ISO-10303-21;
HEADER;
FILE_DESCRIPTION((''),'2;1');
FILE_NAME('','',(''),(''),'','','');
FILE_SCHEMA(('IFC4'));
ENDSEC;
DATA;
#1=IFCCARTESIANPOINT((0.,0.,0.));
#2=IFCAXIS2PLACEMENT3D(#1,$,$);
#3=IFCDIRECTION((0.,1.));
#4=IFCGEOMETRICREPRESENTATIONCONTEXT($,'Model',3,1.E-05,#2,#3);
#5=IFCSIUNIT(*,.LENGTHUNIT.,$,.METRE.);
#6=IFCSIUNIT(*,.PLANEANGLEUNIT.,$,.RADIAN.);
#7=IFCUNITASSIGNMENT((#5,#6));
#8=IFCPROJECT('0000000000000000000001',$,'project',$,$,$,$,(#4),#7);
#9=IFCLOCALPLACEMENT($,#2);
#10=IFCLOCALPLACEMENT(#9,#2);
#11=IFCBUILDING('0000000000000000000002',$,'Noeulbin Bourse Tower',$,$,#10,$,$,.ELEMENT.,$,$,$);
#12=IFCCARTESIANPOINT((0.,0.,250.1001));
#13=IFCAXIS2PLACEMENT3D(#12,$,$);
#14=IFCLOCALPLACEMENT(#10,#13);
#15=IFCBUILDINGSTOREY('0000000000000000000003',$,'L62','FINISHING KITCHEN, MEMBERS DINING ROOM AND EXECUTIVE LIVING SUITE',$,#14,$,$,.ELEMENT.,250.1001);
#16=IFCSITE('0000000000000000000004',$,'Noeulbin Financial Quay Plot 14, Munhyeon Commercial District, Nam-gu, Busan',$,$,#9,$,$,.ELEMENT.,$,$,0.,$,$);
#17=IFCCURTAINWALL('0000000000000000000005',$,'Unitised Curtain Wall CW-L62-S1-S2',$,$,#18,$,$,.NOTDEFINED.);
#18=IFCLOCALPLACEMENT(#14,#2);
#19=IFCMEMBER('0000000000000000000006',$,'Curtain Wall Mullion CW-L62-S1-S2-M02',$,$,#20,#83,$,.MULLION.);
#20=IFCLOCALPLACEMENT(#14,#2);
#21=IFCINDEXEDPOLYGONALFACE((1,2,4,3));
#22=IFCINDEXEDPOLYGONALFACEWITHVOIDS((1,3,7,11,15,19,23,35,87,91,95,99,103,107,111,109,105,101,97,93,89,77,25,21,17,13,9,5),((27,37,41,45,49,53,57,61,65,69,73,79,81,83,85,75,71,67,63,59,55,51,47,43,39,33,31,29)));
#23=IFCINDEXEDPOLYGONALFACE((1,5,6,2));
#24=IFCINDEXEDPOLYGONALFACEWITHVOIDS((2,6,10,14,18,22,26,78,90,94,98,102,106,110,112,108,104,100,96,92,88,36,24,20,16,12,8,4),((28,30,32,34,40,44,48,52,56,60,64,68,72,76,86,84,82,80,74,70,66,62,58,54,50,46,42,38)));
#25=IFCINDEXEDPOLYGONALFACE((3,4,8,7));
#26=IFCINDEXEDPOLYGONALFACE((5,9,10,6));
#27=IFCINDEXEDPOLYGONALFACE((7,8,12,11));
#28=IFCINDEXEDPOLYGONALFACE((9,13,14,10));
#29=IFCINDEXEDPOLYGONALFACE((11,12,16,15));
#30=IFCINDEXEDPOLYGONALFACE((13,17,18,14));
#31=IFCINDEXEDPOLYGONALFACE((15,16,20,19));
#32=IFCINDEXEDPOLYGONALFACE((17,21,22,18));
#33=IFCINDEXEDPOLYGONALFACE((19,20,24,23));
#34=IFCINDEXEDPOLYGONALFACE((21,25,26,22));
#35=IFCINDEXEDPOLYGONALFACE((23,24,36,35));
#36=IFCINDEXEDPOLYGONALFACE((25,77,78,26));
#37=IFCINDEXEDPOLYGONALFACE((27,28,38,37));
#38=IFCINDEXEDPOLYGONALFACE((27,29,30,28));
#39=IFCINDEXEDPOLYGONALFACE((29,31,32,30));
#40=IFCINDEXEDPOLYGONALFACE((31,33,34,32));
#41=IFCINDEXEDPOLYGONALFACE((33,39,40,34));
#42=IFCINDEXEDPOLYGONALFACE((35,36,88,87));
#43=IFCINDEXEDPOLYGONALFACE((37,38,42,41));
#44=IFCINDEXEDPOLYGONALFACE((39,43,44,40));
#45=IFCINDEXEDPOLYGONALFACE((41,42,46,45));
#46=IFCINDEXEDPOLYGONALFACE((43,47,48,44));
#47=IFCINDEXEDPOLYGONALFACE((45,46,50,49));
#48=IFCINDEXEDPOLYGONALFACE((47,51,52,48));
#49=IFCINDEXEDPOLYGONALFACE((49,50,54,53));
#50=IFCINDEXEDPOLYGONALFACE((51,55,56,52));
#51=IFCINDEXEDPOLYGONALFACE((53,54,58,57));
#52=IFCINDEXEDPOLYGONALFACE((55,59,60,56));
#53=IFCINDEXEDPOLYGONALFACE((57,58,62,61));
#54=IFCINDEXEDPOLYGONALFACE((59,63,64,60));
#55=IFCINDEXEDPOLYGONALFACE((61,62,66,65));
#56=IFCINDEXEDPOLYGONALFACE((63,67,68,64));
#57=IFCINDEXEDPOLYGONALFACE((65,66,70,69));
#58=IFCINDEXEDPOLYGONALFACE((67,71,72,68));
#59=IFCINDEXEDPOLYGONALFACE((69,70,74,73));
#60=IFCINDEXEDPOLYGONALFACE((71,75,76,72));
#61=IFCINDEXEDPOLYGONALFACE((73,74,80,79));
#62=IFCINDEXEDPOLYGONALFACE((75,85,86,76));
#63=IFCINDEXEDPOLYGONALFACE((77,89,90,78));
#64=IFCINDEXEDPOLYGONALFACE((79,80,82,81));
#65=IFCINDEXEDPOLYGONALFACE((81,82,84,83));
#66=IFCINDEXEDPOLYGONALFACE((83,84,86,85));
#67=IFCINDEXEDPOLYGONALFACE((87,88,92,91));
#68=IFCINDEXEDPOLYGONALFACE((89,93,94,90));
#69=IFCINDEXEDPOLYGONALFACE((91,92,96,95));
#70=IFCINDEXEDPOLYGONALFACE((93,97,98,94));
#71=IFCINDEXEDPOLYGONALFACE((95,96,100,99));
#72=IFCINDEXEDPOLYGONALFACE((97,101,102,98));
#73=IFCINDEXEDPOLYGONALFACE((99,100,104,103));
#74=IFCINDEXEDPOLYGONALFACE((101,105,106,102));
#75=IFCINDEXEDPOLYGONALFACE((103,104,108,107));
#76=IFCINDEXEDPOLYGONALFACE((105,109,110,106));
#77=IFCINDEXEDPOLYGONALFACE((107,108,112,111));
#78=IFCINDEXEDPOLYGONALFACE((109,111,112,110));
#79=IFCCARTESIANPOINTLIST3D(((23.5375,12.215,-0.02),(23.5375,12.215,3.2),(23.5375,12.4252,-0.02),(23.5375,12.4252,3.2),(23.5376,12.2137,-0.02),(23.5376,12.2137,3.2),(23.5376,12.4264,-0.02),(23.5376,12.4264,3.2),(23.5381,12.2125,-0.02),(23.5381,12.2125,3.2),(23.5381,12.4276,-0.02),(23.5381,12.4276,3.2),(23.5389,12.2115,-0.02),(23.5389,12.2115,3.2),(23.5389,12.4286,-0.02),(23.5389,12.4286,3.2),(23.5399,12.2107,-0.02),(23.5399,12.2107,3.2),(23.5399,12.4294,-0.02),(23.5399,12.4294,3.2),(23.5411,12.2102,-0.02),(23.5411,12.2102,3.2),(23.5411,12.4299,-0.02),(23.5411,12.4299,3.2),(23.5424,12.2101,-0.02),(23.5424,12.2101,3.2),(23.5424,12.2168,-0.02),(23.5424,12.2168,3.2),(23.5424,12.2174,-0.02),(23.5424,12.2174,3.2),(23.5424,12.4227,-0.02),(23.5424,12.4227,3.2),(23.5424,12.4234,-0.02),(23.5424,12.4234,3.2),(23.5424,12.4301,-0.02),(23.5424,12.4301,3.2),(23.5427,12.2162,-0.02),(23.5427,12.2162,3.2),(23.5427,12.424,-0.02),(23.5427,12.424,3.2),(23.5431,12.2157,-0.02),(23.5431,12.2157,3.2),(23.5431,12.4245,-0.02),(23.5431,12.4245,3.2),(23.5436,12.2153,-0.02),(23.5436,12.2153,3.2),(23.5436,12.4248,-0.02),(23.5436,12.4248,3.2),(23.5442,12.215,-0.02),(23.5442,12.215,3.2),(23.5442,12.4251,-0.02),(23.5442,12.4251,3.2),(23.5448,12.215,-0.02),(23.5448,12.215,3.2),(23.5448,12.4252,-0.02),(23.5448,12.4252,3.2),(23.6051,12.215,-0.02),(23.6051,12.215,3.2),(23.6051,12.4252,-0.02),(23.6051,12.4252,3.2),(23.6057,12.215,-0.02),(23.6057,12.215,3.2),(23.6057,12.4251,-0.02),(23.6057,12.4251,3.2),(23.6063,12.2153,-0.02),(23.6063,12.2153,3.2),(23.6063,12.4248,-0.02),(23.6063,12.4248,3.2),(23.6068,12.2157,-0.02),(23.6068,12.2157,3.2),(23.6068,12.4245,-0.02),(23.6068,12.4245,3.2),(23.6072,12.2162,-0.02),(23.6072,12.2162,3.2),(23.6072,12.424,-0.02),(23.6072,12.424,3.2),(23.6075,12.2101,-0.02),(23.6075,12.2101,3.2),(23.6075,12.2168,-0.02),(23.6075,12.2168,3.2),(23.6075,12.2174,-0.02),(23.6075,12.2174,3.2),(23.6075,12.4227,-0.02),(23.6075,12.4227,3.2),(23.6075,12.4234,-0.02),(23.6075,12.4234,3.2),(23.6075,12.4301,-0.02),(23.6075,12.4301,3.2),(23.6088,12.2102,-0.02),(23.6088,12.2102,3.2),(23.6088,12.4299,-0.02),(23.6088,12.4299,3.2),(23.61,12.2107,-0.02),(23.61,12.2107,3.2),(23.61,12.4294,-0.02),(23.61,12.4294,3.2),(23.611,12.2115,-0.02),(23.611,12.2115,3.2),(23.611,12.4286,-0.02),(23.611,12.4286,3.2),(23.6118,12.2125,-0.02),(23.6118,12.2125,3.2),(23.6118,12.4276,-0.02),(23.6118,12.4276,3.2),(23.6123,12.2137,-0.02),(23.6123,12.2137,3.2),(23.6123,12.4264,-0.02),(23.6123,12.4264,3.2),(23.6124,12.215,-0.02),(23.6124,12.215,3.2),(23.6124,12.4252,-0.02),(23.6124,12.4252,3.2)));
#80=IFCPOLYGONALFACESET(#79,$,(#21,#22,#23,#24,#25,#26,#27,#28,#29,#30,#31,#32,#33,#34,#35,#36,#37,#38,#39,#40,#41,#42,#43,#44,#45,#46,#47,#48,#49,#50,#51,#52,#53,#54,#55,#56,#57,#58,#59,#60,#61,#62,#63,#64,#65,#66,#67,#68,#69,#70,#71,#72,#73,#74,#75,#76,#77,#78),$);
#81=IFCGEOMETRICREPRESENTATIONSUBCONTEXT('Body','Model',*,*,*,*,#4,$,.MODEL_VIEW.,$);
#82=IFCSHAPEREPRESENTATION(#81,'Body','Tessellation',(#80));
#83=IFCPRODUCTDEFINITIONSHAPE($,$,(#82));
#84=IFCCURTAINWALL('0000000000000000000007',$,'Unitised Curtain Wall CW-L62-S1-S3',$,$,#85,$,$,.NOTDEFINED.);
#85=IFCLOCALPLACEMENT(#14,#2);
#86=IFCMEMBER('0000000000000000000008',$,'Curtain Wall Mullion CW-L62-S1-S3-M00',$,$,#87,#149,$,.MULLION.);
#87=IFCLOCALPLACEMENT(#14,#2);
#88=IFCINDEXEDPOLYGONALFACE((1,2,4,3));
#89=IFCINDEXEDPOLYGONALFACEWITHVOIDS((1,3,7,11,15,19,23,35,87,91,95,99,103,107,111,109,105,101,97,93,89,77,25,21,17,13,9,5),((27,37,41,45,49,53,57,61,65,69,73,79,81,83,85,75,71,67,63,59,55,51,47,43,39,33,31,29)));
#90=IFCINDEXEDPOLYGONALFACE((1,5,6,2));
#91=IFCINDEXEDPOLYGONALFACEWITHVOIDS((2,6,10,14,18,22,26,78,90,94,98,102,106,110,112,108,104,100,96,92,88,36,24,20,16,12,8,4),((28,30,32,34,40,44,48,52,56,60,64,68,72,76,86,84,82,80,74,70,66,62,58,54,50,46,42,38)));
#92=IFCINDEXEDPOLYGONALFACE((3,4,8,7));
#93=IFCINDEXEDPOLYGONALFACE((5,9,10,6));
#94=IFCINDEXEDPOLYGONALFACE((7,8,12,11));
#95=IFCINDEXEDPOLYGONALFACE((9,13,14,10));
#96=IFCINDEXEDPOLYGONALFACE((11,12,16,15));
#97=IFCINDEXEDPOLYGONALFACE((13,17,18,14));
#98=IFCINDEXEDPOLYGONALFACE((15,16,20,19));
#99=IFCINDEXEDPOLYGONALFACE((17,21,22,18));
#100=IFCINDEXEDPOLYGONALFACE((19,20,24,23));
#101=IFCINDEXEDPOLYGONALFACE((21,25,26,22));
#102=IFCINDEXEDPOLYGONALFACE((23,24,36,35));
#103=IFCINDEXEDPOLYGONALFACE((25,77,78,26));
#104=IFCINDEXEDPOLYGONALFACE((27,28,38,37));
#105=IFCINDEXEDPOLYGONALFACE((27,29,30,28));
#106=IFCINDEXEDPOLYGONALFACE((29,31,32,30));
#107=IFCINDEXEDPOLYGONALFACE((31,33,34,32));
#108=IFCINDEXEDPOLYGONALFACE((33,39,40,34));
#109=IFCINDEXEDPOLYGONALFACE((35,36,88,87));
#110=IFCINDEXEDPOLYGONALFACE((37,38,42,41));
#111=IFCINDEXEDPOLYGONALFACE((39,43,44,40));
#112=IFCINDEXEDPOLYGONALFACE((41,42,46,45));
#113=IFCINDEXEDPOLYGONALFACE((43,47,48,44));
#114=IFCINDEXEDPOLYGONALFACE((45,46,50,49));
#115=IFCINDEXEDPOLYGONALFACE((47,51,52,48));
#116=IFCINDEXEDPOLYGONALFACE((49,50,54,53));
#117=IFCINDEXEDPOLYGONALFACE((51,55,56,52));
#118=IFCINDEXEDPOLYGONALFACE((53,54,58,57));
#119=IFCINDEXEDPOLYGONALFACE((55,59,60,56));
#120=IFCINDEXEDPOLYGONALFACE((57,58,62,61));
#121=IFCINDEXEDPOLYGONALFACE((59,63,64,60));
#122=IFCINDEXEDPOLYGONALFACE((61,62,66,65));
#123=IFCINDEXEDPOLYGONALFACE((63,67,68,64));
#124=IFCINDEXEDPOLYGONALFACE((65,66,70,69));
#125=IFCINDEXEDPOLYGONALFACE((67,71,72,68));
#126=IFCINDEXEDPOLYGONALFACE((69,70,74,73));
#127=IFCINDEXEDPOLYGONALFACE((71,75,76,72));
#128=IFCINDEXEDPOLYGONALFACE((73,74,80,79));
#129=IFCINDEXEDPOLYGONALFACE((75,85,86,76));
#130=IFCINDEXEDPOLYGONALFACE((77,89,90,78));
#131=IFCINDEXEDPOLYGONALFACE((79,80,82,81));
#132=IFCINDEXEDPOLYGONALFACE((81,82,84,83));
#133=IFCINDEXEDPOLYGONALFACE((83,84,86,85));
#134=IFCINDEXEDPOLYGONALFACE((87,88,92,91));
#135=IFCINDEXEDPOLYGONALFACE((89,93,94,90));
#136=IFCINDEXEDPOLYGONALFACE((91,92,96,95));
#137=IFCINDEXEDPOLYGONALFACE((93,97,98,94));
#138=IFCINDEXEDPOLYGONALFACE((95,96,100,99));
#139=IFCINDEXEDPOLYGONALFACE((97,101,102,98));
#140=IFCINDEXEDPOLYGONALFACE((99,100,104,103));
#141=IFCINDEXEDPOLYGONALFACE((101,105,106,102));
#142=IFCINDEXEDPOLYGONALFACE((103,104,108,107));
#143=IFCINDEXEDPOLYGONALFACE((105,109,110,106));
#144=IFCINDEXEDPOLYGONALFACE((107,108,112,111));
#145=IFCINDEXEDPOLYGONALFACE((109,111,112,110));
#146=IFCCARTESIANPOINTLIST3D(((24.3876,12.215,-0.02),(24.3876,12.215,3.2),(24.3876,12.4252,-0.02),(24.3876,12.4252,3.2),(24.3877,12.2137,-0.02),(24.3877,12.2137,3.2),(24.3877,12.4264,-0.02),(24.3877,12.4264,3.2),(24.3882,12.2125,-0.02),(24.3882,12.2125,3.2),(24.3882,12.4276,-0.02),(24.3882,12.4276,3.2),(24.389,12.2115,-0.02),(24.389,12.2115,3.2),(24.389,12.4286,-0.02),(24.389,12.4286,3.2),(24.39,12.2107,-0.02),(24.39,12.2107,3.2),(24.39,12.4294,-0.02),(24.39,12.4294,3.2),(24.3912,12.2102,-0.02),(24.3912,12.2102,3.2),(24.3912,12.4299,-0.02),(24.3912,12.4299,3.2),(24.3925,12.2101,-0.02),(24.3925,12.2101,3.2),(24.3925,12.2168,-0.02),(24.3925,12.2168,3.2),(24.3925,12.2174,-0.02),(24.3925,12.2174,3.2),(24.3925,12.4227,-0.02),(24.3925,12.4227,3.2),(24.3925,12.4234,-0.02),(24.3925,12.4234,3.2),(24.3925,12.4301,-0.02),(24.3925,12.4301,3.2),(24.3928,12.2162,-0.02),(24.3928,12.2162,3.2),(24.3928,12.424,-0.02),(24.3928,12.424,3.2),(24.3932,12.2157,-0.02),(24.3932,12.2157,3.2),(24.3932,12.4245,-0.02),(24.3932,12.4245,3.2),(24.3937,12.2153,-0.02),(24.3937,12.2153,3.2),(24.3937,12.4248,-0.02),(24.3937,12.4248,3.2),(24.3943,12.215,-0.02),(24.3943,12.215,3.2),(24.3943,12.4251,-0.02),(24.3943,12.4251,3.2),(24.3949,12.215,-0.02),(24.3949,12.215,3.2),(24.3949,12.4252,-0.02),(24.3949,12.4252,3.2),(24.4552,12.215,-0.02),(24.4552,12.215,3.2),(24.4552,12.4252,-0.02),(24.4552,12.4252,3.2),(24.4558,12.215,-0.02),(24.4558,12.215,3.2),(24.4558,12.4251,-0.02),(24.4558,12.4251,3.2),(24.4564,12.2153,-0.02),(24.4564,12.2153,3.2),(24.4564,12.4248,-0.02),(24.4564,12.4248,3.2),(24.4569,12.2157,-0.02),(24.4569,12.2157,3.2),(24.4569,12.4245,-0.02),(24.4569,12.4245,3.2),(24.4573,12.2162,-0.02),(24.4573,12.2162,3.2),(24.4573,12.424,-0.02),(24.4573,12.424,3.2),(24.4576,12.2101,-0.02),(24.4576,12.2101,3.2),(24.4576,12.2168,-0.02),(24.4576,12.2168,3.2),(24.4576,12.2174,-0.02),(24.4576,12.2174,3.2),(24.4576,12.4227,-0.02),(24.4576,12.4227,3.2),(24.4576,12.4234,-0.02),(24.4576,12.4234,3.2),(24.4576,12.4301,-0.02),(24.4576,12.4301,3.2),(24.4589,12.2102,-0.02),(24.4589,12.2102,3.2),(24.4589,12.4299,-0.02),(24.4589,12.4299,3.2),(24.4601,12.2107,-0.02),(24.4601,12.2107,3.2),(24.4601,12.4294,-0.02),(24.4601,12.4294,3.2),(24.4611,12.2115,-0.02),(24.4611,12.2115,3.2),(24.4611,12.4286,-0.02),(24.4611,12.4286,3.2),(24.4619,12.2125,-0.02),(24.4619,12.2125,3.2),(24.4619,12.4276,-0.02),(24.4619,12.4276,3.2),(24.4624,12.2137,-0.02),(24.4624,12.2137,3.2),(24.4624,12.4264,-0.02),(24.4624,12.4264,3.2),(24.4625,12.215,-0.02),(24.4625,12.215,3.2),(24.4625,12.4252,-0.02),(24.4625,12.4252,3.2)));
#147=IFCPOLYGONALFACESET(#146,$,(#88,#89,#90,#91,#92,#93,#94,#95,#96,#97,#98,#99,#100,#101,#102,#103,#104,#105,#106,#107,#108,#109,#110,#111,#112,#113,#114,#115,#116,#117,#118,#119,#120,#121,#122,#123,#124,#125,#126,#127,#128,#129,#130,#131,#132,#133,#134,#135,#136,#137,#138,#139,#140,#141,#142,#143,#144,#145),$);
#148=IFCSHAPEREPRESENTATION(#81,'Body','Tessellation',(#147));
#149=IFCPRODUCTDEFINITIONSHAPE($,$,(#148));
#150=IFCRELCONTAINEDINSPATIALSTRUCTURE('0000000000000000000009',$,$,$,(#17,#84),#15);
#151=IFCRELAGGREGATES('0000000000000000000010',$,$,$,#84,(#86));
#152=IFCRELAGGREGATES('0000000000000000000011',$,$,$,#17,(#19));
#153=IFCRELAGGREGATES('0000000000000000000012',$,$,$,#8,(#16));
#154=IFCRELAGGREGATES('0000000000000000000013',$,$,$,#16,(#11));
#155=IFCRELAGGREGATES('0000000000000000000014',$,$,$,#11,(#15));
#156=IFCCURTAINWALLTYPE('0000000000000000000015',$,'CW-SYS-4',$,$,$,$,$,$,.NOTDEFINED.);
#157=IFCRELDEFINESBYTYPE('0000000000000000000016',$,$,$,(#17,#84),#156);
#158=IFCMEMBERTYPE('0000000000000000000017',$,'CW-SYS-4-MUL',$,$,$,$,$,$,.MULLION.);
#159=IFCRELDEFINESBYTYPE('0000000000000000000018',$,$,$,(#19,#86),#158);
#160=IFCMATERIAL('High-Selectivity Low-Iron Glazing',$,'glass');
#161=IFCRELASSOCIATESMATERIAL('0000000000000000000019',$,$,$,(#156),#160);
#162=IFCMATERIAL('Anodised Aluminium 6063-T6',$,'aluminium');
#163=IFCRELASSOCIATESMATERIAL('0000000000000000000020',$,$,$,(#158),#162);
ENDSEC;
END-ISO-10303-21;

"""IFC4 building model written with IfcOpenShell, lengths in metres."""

from ifc_helpers import new_model, si_unit, direction, frame, origin, origin_2d, place, context, subcontext, project, spatial, hollow_rectangle, extrude, material, material_profile, profile_set, type_object, element, aggregate, save


model = new_model("IFC4")

# Units and contexts
model_context = context("Model", 3, precision=1e-05, world=origin(), true_north=direction((0.0, 1.0)))
body_context = subcontext(model_context, "Body", "Model", "MODEL_VIEW")
ifc_project = project(units=[si_unit("LENGTHUNIT", "METRE"), si_unit("PLANEANGLEUNIT", "RADIAN")], contexts=[model_context])

# Site, building, storey
site_placement = place(None, origin())
site = spatial("IfcSite", under=ifc_project, at=site_placement, Name="Noeulbin Financial Quay Plot 14, Munhyeon Commercial District, Nam-gu, Busan", CompositionType="ELEMENT", RefElevation=0.0)
building_placement = place(site_placement, origin())
building = spatial("IfcBuilding", under=site, at=building_placement, Name="Noeulbin Bourse Tower", CompositionType="ELEMENT")
storey_placement = place(building_placement, frame((0.0, 0.0, 250.1001)))
storey = spatial("IfcBuildingStorey", under=building, at=storey_placement, Name="L62", Description="FINISHING KITCHEN, MEMBERS DINING ROOM AND EXECUTIVE LIVING SUITE", CompositionType="ELEMENT", Elevation=250.1001)

# Curtain wall, member
ifc_material_1 = material(Name="High-Selectivity Low-Iron Glazing", Category="glass")
curtain_wall_type = type_object("IfcCurtainWallType", Name="CW-SYS-4", PredefinedType="NOTDEFINED", material=ifc_material_1)
curtain_wall_1_placement = place(storey_placement, origin())
curtain_wall_1 = element("IfcCurtainWall", 1, at=curtain_wall_1_placement, inside=storey, type_object=curtain_wall_type, Name="Unitised Curtain Wall CW-L62-S1-S2", PredefinedType="NOTDEFINED")
ifc_material_2 = material(Name="Anodised Aluminium 6063-T6", Category="aluminium")
ifc_material_profile_1 = material_profile(ifc_material_2, hollow_rectangle(XDim=0.075, YDim=0.22, WallThickness=0.0049, InnerFilletRadius=0.0024, OuterFilletRadius=0.0049, at=origin_2d()), Name="ALU-MULL-75x220x5", Category="LoadBearing")
ifc_profile_set_1 = profile_set([ifc_material_profile_1], Name="Anodised Aluminium 6063-T6")
member_type_1 = type_object("IfcMemberType", Name="CW-SYS-4-MUL", PredefinedType="MULLION", material=ifc_profile_set_1)
member_1_placement = place(storey_placement, frame((23.575, 12.3201, -0.02), z_axis=(0.0, 0.0, 1.0), x_axis=(1.0, 0.0, 0.0)))
member_1 = element("IfcMember", 2, at=member_1_placement, type_object=member_type_1, Name="Curtain Wall Mullion CW-L62-S1-S2-M02", PredefinedType="MULLION", context=body_context, shape_type="SweptSolid", body=[
    extrude(hollow_rectangle(XDim=0.075, YDim=0.22, WallThickness=0.0049, InnerFilletRadius=0.0024, OuterFilletRadius=0.0049, at=origin_2d()), origin(), (0.0, 0.0, 1.0), 3.22),
])

# Curtain wall, member
curtain_wall_2_placement = place(storey_placement, origin())
curtain_wall_2 = element("IfcCurtainWall", 3, at=curtain_wall_2_placement, inside=storey, type_object=curtain_wall_type, Name="Unitised Curtain Wall CW-L62-S1-S3", PredefinedType="NOTDEFINED")
member_2_placement = place(storey_placement, frame((24.425, 12.3201, -0.02), z_axis=(0.0, 0.0, 1.0), x_axis=(1.0, 0.0, 0.0)))
member_2 = element("IfcMember", 4, at=member_2_placement, type_object=member_type_1, Name="Curtain Wall Mullion CW-L62-S1-S3-M00", PredefinedType="MULLION", context=body_context, shape_type="SweptSolid", body=[
    extrude(hollow_rectangle(XDim=0.075, YDim=0.22, WallThickness=0.0049, InnerFilletRadius=0.0024, OuterFilletRadius=0.0049, at=origin_2d()), origin(), (0.0, 0.0, 1.0), 3.22),
])
aggregate(curtain_wall_2, [member_2])

aggregate(curtain_wall_1, [member_1])

save(model, "model.ifc")
